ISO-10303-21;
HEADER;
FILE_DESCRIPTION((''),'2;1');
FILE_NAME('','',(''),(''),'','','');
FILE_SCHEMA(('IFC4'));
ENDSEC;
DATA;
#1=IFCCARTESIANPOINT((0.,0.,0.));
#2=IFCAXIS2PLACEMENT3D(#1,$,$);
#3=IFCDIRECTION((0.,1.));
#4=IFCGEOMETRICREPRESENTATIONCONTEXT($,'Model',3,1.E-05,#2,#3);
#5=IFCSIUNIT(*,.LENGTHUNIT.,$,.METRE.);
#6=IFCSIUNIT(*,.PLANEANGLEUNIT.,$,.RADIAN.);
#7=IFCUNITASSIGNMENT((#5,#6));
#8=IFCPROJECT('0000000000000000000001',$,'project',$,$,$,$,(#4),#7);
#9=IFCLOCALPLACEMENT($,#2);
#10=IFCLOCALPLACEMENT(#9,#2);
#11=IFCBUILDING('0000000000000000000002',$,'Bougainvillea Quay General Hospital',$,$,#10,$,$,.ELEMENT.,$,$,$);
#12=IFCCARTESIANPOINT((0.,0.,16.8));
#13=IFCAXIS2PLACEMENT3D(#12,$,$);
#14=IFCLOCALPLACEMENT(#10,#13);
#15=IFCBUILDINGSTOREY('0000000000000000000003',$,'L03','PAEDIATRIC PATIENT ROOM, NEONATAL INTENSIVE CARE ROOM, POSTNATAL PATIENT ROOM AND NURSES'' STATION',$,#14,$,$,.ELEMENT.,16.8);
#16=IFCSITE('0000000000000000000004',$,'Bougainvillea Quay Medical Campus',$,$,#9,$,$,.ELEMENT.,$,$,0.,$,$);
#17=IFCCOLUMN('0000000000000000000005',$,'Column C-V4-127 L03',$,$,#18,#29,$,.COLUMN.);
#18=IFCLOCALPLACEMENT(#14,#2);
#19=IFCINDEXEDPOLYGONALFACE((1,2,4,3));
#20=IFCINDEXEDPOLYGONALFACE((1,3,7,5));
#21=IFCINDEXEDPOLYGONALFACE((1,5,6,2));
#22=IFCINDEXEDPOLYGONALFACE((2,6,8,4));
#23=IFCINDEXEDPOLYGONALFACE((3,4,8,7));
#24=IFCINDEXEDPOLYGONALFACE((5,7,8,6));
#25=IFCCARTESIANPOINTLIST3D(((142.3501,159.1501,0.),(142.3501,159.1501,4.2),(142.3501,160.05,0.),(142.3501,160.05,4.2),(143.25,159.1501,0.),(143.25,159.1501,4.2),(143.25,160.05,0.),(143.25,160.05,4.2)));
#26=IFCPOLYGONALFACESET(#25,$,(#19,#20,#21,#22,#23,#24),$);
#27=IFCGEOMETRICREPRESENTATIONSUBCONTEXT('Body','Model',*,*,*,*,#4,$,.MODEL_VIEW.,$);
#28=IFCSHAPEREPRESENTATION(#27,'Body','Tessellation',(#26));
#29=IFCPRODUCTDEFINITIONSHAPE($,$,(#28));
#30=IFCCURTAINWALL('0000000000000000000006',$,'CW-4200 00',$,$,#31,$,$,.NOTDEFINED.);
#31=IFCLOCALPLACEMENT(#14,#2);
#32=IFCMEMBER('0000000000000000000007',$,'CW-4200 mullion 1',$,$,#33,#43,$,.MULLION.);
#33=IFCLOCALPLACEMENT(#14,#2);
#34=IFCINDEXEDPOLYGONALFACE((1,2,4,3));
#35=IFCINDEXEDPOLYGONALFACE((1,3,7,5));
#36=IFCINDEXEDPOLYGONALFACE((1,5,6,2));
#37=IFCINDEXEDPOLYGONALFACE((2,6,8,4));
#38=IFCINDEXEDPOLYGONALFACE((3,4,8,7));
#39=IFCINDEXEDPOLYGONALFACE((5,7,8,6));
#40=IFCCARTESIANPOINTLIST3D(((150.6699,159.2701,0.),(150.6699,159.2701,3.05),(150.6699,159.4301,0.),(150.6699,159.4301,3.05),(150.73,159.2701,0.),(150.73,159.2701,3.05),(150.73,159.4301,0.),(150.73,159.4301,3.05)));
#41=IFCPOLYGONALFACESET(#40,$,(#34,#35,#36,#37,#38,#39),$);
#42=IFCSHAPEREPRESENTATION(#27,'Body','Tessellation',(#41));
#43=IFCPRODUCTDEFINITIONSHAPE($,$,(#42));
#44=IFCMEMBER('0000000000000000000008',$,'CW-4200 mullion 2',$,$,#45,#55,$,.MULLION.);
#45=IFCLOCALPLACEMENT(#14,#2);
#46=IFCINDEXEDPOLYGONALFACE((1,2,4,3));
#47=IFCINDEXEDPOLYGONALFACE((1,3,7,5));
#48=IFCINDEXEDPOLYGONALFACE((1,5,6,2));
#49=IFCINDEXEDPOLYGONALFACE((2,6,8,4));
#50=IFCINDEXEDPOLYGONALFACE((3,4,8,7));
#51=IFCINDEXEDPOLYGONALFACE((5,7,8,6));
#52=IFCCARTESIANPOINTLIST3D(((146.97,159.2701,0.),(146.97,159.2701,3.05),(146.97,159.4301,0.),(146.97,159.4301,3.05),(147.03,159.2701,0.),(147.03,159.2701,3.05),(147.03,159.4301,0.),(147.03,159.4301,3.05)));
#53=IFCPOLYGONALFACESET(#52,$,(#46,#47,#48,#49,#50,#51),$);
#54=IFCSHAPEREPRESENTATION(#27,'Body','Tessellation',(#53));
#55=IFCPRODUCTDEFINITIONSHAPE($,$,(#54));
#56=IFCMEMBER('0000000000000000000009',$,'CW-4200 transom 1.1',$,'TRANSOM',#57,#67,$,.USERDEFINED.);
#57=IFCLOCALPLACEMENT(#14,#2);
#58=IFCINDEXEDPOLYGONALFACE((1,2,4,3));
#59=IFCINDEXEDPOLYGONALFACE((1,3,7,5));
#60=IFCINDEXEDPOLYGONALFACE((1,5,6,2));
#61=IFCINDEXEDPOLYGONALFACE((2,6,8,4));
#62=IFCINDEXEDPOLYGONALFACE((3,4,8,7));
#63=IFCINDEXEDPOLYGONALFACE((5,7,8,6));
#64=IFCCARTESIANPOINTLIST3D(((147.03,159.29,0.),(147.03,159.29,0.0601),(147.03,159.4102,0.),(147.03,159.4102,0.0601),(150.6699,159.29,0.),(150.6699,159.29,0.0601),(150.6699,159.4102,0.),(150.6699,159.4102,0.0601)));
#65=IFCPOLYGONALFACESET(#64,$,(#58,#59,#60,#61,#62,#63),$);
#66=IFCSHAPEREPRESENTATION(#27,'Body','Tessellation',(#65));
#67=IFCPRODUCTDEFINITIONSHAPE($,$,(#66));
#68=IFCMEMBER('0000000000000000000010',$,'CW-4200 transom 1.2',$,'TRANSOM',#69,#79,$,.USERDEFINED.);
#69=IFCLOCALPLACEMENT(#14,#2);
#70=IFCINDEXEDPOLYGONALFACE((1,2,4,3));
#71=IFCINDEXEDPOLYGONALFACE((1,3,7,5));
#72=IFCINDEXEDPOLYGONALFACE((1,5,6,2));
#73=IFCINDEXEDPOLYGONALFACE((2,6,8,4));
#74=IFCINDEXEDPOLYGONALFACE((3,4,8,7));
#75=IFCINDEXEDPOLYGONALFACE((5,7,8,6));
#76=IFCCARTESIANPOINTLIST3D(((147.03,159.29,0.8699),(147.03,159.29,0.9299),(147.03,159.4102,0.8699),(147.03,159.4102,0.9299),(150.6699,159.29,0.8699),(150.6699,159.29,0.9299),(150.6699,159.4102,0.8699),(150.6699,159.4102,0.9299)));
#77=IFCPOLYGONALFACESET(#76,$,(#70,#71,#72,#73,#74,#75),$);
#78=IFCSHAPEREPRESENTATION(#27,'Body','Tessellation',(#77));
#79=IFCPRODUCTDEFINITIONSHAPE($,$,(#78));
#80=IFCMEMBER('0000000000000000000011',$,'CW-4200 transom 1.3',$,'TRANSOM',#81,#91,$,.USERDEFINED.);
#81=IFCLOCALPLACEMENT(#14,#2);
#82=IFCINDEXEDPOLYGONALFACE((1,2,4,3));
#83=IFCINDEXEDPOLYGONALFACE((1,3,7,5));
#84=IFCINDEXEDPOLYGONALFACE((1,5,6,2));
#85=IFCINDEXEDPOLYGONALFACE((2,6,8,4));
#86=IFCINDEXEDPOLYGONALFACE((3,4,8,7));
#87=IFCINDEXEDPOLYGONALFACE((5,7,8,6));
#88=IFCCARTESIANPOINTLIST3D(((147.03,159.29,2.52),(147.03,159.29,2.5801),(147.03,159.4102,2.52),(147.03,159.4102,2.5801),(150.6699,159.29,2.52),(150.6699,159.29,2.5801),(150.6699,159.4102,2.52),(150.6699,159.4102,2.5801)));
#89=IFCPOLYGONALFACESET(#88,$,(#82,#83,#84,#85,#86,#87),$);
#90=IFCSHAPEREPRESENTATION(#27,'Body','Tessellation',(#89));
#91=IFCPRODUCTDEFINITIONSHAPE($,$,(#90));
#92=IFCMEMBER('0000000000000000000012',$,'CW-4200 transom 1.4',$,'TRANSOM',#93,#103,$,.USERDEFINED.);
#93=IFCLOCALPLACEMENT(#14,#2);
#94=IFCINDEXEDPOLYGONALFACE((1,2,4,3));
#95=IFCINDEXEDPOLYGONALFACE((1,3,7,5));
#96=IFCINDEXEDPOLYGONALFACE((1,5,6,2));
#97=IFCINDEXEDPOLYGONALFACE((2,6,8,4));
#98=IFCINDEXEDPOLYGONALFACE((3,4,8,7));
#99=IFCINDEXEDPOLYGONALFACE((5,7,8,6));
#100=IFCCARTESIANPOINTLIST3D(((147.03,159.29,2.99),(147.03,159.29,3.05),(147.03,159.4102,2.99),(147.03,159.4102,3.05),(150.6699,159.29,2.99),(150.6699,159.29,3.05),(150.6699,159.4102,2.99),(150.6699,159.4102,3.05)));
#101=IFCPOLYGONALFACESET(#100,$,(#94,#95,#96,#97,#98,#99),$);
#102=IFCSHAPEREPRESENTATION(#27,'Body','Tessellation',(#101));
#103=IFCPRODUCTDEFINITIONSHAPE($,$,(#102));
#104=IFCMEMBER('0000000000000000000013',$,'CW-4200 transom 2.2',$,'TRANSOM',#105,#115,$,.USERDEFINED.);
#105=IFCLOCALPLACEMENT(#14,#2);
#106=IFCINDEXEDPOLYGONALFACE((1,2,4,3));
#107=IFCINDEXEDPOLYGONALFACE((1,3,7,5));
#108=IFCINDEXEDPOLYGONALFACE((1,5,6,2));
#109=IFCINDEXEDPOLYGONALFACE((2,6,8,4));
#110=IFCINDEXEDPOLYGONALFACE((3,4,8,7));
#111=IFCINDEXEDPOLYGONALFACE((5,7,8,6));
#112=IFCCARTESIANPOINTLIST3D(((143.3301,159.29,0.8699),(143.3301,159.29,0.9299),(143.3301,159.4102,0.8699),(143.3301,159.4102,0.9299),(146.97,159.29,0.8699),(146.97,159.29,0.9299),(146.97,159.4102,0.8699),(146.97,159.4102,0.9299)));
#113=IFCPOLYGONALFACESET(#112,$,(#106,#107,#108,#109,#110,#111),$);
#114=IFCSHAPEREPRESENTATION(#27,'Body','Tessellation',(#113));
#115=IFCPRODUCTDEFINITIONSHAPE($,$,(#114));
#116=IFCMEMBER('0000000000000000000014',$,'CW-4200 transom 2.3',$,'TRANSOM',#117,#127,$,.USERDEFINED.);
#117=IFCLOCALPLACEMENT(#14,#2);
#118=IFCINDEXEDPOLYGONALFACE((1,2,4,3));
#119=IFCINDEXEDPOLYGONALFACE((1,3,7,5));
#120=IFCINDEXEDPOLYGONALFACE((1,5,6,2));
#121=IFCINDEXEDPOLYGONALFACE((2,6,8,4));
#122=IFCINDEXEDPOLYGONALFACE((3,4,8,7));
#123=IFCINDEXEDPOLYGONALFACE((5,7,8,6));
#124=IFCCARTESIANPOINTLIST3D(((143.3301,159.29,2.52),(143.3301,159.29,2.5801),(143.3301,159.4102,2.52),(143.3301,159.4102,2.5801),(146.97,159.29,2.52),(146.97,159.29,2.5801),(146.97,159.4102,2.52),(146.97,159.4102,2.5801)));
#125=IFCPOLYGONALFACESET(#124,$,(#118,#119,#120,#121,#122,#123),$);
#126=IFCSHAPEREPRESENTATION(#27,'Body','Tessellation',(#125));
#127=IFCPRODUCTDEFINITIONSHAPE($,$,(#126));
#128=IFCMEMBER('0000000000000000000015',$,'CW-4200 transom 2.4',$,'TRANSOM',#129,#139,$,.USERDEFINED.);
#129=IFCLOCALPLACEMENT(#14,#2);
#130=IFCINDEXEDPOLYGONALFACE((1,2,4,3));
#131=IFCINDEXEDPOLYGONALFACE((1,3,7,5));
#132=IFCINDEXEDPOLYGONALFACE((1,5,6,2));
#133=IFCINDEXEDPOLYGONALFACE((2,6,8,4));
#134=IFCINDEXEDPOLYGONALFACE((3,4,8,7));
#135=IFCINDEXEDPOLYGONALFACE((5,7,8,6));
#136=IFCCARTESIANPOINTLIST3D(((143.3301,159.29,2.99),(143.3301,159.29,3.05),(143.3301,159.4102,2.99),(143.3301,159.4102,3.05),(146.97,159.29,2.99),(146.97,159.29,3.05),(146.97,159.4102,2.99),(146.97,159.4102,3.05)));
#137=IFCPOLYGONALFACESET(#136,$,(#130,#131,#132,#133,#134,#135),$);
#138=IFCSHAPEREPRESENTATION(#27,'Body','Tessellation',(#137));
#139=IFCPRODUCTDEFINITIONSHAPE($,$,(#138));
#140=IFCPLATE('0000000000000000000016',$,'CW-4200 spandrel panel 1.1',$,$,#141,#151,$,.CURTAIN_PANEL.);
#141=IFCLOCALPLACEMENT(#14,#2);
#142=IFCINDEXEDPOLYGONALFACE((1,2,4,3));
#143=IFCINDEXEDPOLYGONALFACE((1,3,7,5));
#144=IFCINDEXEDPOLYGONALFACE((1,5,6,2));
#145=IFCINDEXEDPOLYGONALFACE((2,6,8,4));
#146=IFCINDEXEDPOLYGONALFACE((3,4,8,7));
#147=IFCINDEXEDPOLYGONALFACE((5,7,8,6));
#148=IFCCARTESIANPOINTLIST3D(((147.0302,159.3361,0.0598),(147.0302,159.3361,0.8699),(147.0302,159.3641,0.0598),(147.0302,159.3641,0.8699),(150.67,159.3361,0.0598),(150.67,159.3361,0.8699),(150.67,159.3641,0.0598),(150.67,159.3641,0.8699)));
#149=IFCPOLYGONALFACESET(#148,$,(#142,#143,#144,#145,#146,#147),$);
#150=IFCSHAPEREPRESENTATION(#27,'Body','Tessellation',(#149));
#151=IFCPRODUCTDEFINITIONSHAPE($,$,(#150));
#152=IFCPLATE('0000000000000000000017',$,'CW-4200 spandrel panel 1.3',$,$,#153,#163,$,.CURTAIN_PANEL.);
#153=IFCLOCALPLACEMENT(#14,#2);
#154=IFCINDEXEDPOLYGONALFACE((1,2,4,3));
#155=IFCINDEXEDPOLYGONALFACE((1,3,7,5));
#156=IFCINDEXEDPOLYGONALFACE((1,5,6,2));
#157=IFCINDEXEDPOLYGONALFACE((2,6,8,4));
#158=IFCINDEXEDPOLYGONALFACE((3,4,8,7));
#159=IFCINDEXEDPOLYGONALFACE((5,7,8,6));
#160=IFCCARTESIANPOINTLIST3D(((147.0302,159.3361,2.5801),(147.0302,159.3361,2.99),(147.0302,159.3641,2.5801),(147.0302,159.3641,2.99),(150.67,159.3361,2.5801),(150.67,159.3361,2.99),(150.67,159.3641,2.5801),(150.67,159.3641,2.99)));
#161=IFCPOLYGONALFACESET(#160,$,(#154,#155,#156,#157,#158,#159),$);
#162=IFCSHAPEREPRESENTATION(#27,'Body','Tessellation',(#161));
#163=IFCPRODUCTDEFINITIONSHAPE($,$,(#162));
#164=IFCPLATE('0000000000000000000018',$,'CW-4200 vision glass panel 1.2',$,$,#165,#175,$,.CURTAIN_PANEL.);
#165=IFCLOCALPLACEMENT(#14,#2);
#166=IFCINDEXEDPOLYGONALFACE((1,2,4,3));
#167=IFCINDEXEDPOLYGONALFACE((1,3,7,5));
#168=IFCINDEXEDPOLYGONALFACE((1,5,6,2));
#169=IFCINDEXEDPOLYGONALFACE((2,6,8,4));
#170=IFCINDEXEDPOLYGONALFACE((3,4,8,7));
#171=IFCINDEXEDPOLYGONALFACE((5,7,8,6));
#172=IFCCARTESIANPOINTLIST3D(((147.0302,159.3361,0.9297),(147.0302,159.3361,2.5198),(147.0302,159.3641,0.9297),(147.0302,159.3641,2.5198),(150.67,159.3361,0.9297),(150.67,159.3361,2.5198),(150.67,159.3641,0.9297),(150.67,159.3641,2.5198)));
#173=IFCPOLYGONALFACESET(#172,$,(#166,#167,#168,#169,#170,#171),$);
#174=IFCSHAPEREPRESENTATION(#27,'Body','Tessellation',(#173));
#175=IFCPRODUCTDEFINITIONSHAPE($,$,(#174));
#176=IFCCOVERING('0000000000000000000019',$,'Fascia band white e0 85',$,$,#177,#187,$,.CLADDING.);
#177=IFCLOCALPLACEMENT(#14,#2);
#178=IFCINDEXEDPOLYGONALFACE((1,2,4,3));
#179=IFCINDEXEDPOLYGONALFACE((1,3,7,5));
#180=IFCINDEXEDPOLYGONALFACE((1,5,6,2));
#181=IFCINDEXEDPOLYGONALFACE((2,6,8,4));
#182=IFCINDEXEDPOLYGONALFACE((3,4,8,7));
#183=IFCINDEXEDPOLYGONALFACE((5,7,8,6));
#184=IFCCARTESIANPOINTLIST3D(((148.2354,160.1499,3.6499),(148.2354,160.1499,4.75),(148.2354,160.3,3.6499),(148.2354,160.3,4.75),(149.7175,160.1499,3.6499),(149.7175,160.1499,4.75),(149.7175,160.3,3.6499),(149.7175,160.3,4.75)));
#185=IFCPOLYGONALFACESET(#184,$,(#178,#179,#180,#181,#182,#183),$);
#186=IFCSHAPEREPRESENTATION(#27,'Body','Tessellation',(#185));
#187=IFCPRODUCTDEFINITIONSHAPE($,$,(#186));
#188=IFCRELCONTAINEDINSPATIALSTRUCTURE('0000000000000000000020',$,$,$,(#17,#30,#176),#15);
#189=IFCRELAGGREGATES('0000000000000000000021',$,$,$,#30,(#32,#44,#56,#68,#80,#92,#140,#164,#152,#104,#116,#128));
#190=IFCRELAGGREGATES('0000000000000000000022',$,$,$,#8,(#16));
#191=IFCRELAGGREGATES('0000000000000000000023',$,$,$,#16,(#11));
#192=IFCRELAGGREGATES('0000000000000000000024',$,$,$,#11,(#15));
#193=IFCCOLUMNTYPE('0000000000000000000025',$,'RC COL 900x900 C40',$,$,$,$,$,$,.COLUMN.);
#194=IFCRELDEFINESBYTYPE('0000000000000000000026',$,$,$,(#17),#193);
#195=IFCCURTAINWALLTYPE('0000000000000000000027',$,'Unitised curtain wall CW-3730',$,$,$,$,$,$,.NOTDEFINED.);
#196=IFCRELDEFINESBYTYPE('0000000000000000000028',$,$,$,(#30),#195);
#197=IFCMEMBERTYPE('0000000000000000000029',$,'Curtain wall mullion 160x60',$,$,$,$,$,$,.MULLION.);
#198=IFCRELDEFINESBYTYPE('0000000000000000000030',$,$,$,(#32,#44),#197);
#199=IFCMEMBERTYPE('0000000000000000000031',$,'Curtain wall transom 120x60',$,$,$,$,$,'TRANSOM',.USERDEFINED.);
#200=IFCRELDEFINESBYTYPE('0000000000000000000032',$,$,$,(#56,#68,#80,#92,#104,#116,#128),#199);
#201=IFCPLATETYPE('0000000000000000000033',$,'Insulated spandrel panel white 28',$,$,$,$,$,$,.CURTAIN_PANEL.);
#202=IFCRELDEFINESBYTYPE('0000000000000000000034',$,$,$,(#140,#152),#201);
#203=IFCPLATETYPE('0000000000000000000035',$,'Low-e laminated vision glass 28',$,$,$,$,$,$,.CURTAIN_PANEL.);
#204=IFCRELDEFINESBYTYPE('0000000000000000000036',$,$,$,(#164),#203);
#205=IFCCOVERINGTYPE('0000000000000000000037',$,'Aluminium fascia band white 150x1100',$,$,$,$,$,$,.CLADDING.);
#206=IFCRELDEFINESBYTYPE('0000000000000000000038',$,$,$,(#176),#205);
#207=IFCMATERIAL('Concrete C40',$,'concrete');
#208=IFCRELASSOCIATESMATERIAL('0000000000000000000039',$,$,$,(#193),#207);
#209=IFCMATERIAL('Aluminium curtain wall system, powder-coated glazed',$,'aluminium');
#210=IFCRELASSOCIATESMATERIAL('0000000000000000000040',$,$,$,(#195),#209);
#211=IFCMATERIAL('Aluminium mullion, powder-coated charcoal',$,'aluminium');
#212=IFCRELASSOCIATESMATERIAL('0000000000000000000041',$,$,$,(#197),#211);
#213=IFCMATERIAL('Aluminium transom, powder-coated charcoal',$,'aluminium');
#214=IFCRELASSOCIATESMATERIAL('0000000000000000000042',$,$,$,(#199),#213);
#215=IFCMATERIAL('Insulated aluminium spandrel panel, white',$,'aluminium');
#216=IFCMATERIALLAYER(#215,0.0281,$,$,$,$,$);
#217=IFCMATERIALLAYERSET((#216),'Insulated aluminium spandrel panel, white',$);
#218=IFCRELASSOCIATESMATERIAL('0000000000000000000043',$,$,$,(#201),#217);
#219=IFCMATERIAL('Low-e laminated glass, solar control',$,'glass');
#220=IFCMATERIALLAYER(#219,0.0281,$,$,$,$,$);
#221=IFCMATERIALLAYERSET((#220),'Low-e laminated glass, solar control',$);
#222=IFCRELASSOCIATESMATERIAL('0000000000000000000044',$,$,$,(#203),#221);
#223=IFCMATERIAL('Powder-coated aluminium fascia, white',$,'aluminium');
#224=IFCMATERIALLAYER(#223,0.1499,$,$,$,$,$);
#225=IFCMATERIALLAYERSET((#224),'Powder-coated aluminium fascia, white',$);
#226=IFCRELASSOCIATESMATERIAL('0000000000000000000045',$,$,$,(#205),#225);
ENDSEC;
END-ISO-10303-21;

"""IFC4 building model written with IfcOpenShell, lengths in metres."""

from ifc_helpers import new_model, si_unit, direction, frame, origin, origin_2d, place, context, subcontext, project, spatial, polyline, rectangle, outline, extrude, material, layer, layer_set, material_profile, profile_set, type_object, element, aggregate, save


model = new_model("IFC4")

# Units and contexts
model_context = context("Model", 3, precision=1e-05, world=origin(), true_north=direction((0.0, 1.0)))
body_context = subcontext(model_context, "Body", "Model", "MODEL_VIEW")
ifc_project = project(units=[si_unit("LENGTHUNIT", "METRE"), si_unit("PLANEANGLEUNIT", "RADIAN")], contexts=[model_context])

# Site, building, storey
site_placement = place(None, origin())
site = spatial("IfcSite", under=ifc_project, at=site_placement, Name="Bougainvillea Quay Medical Campus", CompositionType="ELEMENT", RefElevation=0.0)
building_placement = place(site_placement, origin())
building = spatial("IfcBuilding", under=site, at=building_placement, Name="Bougainvillea Quay General Hospital", CompositionType="ELEMENT")
storey_placement = place(building_placement, frame((0.0, 0.0, 16.8)))
storey = spatial("IfcBuildingStorey", under=building, at=storey_placement, Name="L03", Description="PAEDIATRIC PATIENT ROOM, NEONATAL INTENSIVE CARE ROOM, POSTNATAL PATIENT ROOM AND NURSES' STATION", CompositionType="ELEMENT", Elevation=16.8)

# Column
ifc_material_1 = material(Name="Concrete C40", Category="concrete")
ifc_material_profile_1 = material_profile(ifc_material_1, rectangle(XDim=0.8999, YDim=0.8999, at=origin_2d()))
ifc_profile_set_1 = profile_set([ifc_material_profile_1], Name="Concrete C40")
column_type = type_object("IfcColumnType", Name="RC COL 900x900 C40", PredefinedType="COLUMN", material=ifc_profile_set_1)
column_placement = place(storey_placement, frame((142.8, 159.6001, 0.0), z_axis=(0.0, 0.0, 1.0), x_axis=(1.0, 0.0, 0.0)))
element("IfcColumn", 1, at=column_placement, inside=storey, type_object=column_type, Name="Column C-V4-127 L03", PredefinedType="COLUMN", context=body_context, shape_type="SweptSolid", body=[
    extrude(rectangle(XDim=0.8999, YDim=0.8999, at=origin_2d()), origin(), (0.0, 0.0, 1.0), 4.2),
])

# Curtain wall, members, plates
ifc_material_2 = material(Name="Aluminium curtain wall system, powder-coated glazed", Category="aluminium")
curtain_wall_type = type_object("IfcCurtainWallType", Name="Unitised curtain wall CW-3730", PredefinedType="NOTDEFINED", material=ifc_material_2)
curtain_wall_placement = place(storey_placement, origin())
curtain_wall = element("IfcCurtainWall", 2, at=curtain_wall_placement, inside=storey, type_object=curtain_wall_type, Name="CW-4200 00", PredefinedType="NOTDEFINED")
ifc_material_3 = material(Name="Aluminium mullion, powder-coated charcoal", Category="aluminium")
ifc_material_profile_2 = material_profile(ifc_material_3, rectangle(XDim=0.1599, YDim=0.0601, at=origin_2d()))
ifc_profile_set_2 = profile_set([ifc_material_profile_2], Name="Aluminium mullion, powder-coated charcoal")
member_type_1 = type_object("IfcMemberType", Name="Curtain wall mullion 160x60", PredefinedType="MULLION", material=ifc_profile_set_2)
member_1_placement = place(storey_placement, frame((150.7, 159.3501, 0.0), z_axis=(0.0, 0.0, 1.0), x_axis=(0.0, -1.0, 0.0)))
member_1 = element("IfcMember", 3, at=member_1_placement, type_object=member_type_1, Name="CW-4200 mullion 1", PredefinedType="MULLION", context=body_context, shape_type="SweptSolid", body=[
    extrude(rectangle(XDim=0.1599, YDim=0.0601, at=origin_2d()), origin(), (0.0, 0.0, 1.0), 3.05),
])
member_2_placement = place(storey_placement, frame((147.0, 159.3501, 0.0), z_axis=(0.0, 0.0, 1.0), x_axis=(0.0, -1.0, 0.0)))
member_2 = element("IfcMember", 4, at=member_2_placement, type_object=member_type_1, Name="CW-4200 mullion 2", PredefinedType="MULLION", context=body_context, shape_type="SweptSolid", body=[
    extrude(rectangle(XDim=0.1599, YDim=0.0601, at=origin_2d()), origin(), (0.0, 0.0, 1.0), 3.05),
])
ifc_material_4 = material(Name="Aluminium transom, powder-coated charcoal", Category="aluminium")
ifc_material_profile_3 = material_profile(ifc_material_4, rectangle(XDim=0.1201, YDim=0.0601, at=origin_2d()))
ifc_profile_set_3 = profile_set([ifc_material_profile_3], Name="Aluminium transom, powder-coated charcoal")
member_type_2 = type_object("IfcMemberType", Name="Curtain wall transom 120x60", ElementType="TRANSOM", PredefinedType="USERDEFINED", material=ifc_profile_set_3)
member_3_placement = place(storey_placement, frame((150.6699, 159.3501, 0.03), z_axis=(-1.0, 0.0, 0.0), x_axis=(0.0, -1.0, 0.0)))
member_3 = element("IfcMember", 5, at=member_3_placement, type_object=member_type_2, Name="CW-4200 transom 1.1", ObjectType="TRANSOM", PredefinedType="USERDEFINED", context=body_context, shape_type="SweptSolid", body=[
    extrude(rectangle(XDim=0.1201, YDim=0.0601, at=origin_2d()), origin(), (0.0, 0.0, 1.0), 3.6399),
])
member_4_placement = place(storey_placement, frame((150.6699, 159.3501, 0.8999), z_axis=(-1.0, 0.0, 0.0), x_axis=(0.0, -1.0, 0.0)))
member_4 = element("IfcMember", 6, at=member_4_placement, type_object=member_type_2, Name="CW-4200 transom 1.2", ObjectType="TRANSOM", PredefinedType="USERDEFINED", context=body_context, shape_type="SweptSolid", body=[
    extrude(rectangle(XDim=0.1201, YDim=0.0601, at=origin_2d()), origin(), (0.0, 0.0, 1.0), 3.6399),
])
member_5_placement = place(storey_placement, frame((150.6699, 159.3501, 2.55), z_axis=(-1.0, 0.0, 0.0), x_axis=(0.0, -1.0, 0.0)))
member_5 = element("IfcMember", 7, at=member_5_placement, type_object=member_type_2, Name="CW-4200 transom 1.3", ObjectType="TRANSOM", PredefinedType="USERDEFINED", context=body_context, shape_type="SweptSolid", body=[
    extrude(rectangle(XDim=0.1201, YDim=0.0601, at=origin_2d()), origin(), (0.0, 0.0, 1.0), 3.6399),
])
member_6_placement = place(storey_placement, frame((150.6699, 159.3501, 3.02), z_axis=(-1.0, 0.0, 0.0), x_axis=(0.0, -1.0, 0.0)))
member_6 = element("IfcMember", 8, at=member_6_placement, type_object=member_type_2, Name="CW-4200 transom 1.4", ObjectType="TRANSOM", PredefinedType="USERDEFINED", context=body_context, shape_type="SweptSolid", body=[
    extrude(rectangle(XDim=0.1201, YDim=0.0601, at=origin_2d()), origin(), (0.0, 0.0, 1.0), 3.6399),
])
member_7_placement = place(storey_placement, frame((146.97, 159.3501, 0.8999), z_axis=(-1.0, 0.0, 0.0), x_axis=(0.0, -1.0, 0.0)))
member_7 = element("IfcMember", 9, at=member_7_placement, type_object=member_type_2, Name="CW-4200 transom 2.2", ObjectType="TRANSOM", PredefinedType="USERDEFINED", context=body_context, shape_type="SweptSolid", body=[
    extrude(rectangle(XDim=0.1201, YDim=0.0601, at=origin_2d()), origin(), (0.0, 0.0, 1.0), 3.6399),
])
member_8_placement = place(storey_placement, frame((146.97, 159.3501, 2.55), z_axis=(-1.0, 0.0, 0.0), x_axis=(0.0, -1.0, 0.0)))
member_8 = element("IfcMember", 10, at=member_8_placement, type_object=member_type_2, Name="CW-4200 transom 2.3", ObjectType="TRANSOM", PredefinedType="USERDEFINED", context=body_context, shape_type="SweptSolid", body=[
    extrude(rectangle(XDim=0.1201, YDim=0.0601, at=origin_2d()), origin(), (0.0, 0.0, 1.0), 3.6399),
])
member_9_placement = place(storey_placement, frame((146.97, 159.3501, 3.02), z_axis=(-1.0, 0.0, 0.0), x_axis=(0.0, -1.0, 0.0)))
member_9 = element("IfcMember", 11, at=member_9_placement, type_object=member_type_2, Name="CW-4200 transom 2.4", ObjectType="TRANSOM", PredefinedType="USERDEFINED", context=body_context, shape_type="SweptSolid", body=[
    extrude(rectangle(XDim=0.1201, YDim=0.0601, at=origin_2d()), origin(), (0.0, 0.0, 1.0), 3.6399),
])
ifc_material_5 = material(Name="Insulated aluminium spandrel panel, white", Category="aluminium")
ifc_layer_1 = layer(ifc_material_5, 0.0281)
ifc_layer_set_1 = layer_set([ifc_layer_1], Name="Insulated aluminium spandrel panel, white")
plate_type_1 = type_object("IfcPlateType", Name="Insulated spandrel panel white 28", PredefinedType="CURTAIN_PANEL", material=ifc_layer_set_1)
plate_1_placement = place(storey_placement, frame((148.8501, 159.3501, 0.0598), z_axis=(0.0, 0.0, 1.0), x_axis=(-1.0, 0.0, 0.0)))
plate_1 = element("IfcPlate", 12, at=plate_1_placement, type_object=plate_type_1, Name="CW-4200 spandrel panel 1.1", PredefinedType="CURTAIN_PANEL", context=body_context, shape_type="SweptSolid", body=[
    extrude(rectangle(XDim=3.6399, YDim=0.0281, at=origin_2d()), origin(), (0.0, 0.0, 1.0), 0.8101),
])
plate_2_placement = place(storey_placement, frame((148.8501, 159.3501, 2.5801), z_axis=(0.0, 0.0, 1.0), x_axis=(-1.0, 0.0, 0.0)))
plate_2 = element("IfcPlate", 13, at=plate_2_placement, type_object=plate_type_1, Name="CW-4200 spandrel panel 1.3", PredefinedType="CURTAIN_PANEL", context=body_context, shape_type="SweptSolid", body=[
    extrude(rectangle(XDim=3.6399, YDim=0.0281, at=origin_2d()), origin(), (0.0, 0.0, 1.0), 0.4099),
])
ifc_material_6 = material(Name="Low-e laminated glass, solar control", Category="glass")
ifc_layer_2 = layer(ifc_material_6, 0.0281)
ifc_layer_set_2 = layer_set([ifc_layer_2], Name="Low-e laminated glass, solar control")
plate_type_2 = type_object("IfcPlateType", Name="Low-e laminated vision glass 28", PredefinedType="CURTAIN_PANEL", material=ifc_layer_set_2)
plate_3_placement = place(storey_placement, frame((148.8501, 159.3501, 0.9297), z_axis=(0.0, 0.0, 1.0), x_axis=(-1.0, 0.0, 0.0)))
plate_3 = element("IfcPlate", 14, at=plate_3_placement, type_object=plate_type_2, Name="CW-4200 vision glass panel 1.2", PredefinedType="CURTAIN_PANEL", context=body_context, shape_type="SweptSolid", body=[
    extrude(rectangle(XDim=3.6399, YDim=0.0281, at=origin_2d()), origin(), (0.0, 0.0, 1.0), 1.5901),
])
aggregate(curtain_wall, [member_1, member_2, member_3, member_4, member_5, member_6, plate_1, plate_3, plate_2, member_7, member_8, member_9])

# Covering
ifc_material_7 = material(Name="Powder-coated aluminium fascia, white", Category="aluminium")
ifc_layer_3 = layer(ifc_material_7, 0.1499)
ifc_layer_set_3 = layer_set([ifc_layer_3], Name="Powder-coated aluminium fascia, white")
covering_type = type_object("IfcCoveringType", Name="Aluminium fascia band white 150x1100", PredefinedType="CLADDING", material=ifc_layer_set_3)
covering_1_placement = place(storey_placement, frame((149.7175, 160.1499, 3.6499), z_axis=(0.0, 0.0, 1.0), x_axis=(-1.0, 0.0, 0.0)))
element("IfcCovering", 15, at=covering_1_placement, inside=storey, type_object=covering_type, Name="Fascia band white e0 85", PredefinedType="CLADDING", context=body_context, shape_type="SweptSolid", body=[
    extrude(outline(polyline([(0.0, 0.0), (1.4822, 0.0), (1.4822, -0.1501), (0.0, -0.1501), (0.0, 0.0)])), origin(), (0.0, 0.0, 1.0), 1.1001),
])

save(model, "model.ifc")
